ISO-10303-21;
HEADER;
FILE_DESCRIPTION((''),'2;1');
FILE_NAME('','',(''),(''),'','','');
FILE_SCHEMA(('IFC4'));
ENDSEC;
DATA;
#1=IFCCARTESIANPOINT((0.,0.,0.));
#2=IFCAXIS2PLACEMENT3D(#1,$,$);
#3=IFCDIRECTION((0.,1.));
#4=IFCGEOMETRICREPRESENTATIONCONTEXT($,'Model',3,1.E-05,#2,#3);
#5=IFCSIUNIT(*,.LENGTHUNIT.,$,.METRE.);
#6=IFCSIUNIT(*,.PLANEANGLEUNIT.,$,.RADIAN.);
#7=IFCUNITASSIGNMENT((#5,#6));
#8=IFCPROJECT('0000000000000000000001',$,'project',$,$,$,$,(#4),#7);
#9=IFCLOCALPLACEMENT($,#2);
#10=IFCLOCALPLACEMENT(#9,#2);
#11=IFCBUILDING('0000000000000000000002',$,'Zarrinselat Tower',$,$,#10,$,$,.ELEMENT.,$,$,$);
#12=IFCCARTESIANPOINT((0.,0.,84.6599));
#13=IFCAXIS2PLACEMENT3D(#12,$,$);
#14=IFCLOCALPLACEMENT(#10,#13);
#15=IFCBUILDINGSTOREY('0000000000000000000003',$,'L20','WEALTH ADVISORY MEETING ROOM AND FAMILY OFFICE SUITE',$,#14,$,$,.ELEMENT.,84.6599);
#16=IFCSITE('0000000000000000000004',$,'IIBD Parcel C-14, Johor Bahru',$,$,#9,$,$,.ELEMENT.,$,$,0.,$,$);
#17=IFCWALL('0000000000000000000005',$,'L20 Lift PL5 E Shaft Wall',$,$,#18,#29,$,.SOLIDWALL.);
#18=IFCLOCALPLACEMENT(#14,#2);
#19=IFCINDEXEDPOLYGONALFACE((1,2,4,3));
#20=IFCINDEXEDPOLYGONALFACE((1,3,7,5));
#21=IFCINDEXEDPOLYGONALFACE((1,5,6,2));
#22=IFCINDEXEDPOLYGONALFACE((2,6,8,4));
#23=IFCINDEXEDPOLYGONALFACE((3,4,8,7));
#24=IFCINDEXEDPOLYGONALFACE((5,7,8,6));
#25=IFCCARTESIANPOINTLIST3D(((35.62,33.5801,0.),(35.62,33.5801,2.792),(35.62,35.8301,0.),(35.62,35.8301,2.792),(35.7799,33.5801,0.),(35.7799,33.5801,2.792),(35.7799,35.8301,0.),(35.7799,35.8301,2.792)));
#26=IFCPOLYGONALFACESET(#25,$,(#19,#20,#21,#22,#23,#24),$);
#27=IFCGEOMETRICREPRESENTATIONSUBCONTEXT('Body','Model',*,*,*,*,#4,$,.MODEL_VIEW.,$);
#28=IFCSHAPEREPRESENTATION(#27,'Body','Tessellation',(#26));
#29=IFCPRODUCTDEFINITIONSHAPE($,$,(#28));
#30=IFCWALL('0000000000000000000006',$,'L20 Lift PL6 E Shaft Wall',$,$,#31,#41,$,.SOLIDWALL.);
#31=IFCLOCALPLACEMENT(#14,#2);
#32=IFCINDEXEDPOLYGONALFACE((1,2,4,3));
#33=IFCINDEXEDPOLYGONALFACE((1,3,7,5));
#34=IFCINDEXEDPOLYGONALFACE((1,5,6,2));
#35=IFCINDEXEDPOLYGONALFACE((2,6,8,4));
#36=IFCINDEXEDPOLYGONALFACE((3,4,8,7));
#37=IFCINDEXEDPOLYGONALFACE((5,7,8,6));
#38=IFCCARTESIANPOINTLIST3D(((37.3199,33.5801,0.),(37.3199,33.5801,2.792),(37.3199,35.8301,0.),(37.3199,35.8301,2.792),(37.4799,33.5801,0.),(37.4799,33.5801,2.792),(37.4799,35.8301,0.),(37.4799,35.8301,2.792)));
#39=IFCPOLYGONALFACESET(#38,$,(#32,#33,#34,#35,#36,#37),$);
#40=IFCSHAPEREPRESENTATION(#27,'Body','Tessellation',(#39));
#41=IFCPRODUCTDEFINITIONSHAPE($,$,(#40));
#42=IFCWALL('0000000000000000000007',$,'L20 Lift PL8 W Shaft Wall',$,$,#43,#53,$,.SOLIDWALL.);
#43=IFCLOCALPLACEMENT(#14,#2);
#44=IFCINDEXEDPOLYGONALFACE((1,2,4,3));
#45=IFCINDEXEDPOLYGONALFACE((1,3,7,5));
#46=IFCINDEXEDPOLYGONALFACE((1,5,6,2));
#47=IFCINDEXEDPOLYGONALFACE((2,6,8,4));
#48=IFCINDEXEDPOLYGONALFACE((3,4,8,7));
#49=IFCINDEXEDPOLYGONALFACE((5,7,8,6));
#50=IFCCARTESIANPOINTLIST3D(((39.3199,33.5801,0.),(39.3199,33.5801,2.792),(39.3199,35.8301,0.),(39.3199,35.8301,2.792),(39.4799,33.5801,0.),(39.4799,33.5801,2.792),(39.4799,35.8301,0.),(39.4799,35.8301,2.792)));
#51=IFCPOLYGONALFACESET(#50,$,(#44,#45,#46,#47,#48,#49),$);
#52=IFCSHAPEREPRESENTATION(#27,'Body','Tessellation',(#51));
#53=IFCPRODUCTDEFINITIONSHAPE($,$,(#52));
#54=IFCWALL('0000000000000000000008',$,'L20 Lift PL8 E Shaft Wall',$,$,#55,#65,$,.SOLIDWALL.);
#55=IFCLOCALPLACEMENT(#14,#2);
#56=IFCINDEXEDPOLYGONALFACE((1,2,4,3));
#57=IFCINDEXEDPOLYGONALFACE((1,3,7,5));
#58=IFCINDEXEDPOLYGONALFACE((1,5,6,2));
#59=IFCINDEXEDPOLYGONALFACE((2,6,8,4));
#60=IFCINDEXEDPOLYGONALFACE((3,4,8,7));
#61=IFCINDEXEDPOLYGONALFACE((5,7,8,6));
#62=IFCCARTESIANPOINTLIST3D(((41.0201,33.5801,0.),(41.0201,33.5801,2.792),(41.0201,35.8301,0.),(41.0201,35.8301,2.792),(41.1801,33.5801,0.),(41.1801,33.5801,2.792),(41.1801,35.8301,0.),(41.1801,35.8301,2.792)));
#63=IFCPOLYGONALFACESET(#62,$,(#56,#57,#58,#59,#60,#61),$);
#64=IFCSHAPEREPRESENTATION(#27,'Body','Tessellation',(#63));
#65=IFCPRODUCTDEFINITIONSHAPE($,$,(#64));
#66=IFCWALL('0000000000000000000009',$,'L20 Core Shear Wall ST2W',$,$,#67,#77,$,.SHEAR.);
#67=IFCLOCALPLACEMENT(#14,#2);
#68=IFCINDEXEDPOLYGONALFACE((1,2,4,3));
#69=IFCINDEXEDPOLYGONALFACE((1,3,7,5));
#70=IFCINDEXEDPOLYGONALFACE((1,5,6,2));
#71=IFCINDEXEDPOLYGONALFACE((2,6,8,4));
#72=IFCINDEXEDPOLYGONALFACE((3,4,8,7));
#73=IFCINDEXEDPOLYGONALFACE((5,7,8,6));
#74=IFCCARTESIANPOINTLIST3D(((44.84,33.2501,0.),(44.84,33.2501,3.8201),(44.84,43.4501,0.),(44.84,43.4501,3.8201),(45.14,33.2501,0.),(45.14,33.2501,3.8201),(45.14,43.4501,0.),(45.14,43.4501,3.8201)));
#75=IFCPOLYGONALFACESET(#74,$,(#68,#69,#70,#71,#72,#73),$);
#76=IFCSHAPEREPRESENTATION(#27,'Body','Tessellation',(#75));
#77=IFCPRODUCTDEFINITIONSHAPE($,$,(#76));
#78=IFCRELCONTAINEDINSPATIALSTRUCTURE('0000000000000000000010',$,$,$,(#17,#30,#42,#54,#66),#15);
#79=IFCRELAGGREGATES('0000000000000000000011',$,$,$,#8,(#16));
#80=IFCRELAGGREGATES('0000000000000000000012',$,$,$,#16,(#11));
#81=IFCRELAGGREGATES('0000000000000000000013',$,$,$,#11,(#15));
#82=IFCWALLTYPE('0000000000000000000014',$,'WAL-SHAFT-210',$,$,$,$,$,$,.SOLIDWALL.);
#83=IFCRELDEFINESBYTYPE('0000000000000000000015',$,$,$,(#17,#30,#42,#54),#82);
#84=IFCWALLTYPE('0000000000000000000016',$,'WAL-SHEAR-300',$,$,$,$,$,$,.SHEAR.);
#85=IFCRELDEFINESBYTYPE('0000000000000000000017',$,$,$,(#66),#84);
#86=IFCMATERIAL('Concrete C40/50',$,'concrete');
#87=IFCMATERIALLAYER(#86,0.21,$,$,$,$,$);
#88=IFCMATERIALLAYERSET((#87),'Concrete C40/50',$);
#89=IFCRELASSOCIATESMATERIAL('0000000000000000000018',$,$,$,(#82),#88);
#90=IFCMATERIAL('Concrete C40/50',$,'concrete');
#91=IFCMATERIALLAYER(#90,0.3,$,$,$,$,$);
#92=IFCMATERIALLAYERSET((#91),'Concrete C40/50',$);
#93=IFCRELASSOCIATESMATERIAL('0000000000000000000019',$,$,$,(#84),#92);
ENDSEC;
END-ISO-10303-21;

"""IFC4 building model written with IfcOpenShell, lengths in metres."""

from ifc_helpers import new_model, si_unit, direction, frame, frame_2d, origin, place, context, subcontext, project, spatial, rectangle, extrude, material, layer, layer_set, type_object, element, save


model = new_model("IFC4")

# Units and contexts
model_context = context("Model", 3, precision=1e-05, world=origin(), true_north=direction((0.0, 1.0)))
body_context = subcontext(model_context, "Body", "Model", "MODEL_VIEW")
ifc_project = project(units=[si_unit("LENGTHUNIT", "METRE"), si_unit("PLANEANGLEUNIT", "RADIAN")], contexts=[model_context])

# Site, building, storey
site_placement = place(None, origin())
site = spatial("IfcSite", under=ifc_project, at=site_placement, Name="IIBD Parcel C-14, Johor Bahru", CompositionType="ELEMENT", RefElevation=0.0)
building_placement = place(site_placement, origin())
building = spatial("IfcBuilding", under=site, at=building_placement, Name="Zarrinselat Tower", CompositionType="ELEMENT")
storey_placement = place(building_placement, frame((0.0, 0.0, 84.6599)))
storey = spatial("IfcBuildingStorey", under=building, at=storey_placement, Name="L20", Description="WEALTH ADVISORY MEETING ROOM AND FAMILY OFFICE SUITE", CompositionType="ELEMENT", Elevation=84.6599)

# Walls
ifc_material_1 = material(Name="Concrete C40/50", Category="concrete")
ifc_layer_1 = layer(ifc_material_1, 0.21)
ifc_layer_set_1 = layer_set([ifc_layer_1], Name="Concrete C40/50")
wall_type_1 = type_object("IfcWallType", Name="WAL-SHAFT-210", PredefinedType="SOLIDWALL", material=ifc_layer_set_1)
for number, where, z_axis, x_axis, name in (
    (1, (35.7, 33.5801, 0.0), (0.0, 0.0, 1.0), (0.0, 1.0, 0.0), "L20 Lift PL5 E Shaft Wall"),
    (2, (37.3999, 33.5801, 0.0), (0.0, 0.0, 1.0), (0.0, 1.0, 0.0), "L20 Lift PL6 E Shaft Wall"),
    (3, (39.3999, 33.5801, 0.0), (0.0, 0.0, 1.0), (0.0, 1.0, 0.0), "L20 Lift PL8 W Shaft Wall"),
    (4, (41.1001, 33.5801, 0.0), (0.0, 0.0, 1.0), (0.0, 1.0, 0.0), "L20 Lift PL8 E Shaft Wall"),
):
    element("IfcWall", number, at=place(storey_placement, frame(where, z_axis=z_axis, x_axis=x_axis)), inside=storey, type_object=wall_type_1, Name=name, PredefinedType="SOLIDWALL", context=body_context, shape_type="SweptSolid", body=[
        extrude(rectangle(XDim=2.25, YDim=0.1599, at=frame_2d((1.125, 0.0))), origin(), (0.0, 0.0, 1.0), 2.792),
    ])
ifc_material_2 = material(Name="Concrete C40/50", Category="concrete")
ifc_layer_2 = layer(ifc_material_2, 0.3)
ifc_layer_set_2 = layer_set([ifc_layer_2], Name="Concrete C40/50")
wall_type_2 = type_object("IfcWallType", Name="WAL-SHEAR-300", PredefinedType="SHEAR", material=ifc_layer_set_2)
wall_1_placement = place(storey_placement, frame((44.99, 33.25, 0.0), z_axis=(0.0, 0.0, 1.0), x_axis=(0.0, 1.0, 0.0)))
element("IfcWall", 5, at=wall_1_placement, inside=storey, type_object=wall_type_2, Name="L20 Core Shear Wall ST2W", PredefinedType="SHEAR", context=body_context, shape_type="SweptSolid", body=[
    extrude(rectangle(XDim=10.2, YDim=0.3, at=frame_2d((5.1001, 0.0))), origin(), (0.0, 0.0, 1.0), 3.8201),
])

save(model, "model.ifc")
